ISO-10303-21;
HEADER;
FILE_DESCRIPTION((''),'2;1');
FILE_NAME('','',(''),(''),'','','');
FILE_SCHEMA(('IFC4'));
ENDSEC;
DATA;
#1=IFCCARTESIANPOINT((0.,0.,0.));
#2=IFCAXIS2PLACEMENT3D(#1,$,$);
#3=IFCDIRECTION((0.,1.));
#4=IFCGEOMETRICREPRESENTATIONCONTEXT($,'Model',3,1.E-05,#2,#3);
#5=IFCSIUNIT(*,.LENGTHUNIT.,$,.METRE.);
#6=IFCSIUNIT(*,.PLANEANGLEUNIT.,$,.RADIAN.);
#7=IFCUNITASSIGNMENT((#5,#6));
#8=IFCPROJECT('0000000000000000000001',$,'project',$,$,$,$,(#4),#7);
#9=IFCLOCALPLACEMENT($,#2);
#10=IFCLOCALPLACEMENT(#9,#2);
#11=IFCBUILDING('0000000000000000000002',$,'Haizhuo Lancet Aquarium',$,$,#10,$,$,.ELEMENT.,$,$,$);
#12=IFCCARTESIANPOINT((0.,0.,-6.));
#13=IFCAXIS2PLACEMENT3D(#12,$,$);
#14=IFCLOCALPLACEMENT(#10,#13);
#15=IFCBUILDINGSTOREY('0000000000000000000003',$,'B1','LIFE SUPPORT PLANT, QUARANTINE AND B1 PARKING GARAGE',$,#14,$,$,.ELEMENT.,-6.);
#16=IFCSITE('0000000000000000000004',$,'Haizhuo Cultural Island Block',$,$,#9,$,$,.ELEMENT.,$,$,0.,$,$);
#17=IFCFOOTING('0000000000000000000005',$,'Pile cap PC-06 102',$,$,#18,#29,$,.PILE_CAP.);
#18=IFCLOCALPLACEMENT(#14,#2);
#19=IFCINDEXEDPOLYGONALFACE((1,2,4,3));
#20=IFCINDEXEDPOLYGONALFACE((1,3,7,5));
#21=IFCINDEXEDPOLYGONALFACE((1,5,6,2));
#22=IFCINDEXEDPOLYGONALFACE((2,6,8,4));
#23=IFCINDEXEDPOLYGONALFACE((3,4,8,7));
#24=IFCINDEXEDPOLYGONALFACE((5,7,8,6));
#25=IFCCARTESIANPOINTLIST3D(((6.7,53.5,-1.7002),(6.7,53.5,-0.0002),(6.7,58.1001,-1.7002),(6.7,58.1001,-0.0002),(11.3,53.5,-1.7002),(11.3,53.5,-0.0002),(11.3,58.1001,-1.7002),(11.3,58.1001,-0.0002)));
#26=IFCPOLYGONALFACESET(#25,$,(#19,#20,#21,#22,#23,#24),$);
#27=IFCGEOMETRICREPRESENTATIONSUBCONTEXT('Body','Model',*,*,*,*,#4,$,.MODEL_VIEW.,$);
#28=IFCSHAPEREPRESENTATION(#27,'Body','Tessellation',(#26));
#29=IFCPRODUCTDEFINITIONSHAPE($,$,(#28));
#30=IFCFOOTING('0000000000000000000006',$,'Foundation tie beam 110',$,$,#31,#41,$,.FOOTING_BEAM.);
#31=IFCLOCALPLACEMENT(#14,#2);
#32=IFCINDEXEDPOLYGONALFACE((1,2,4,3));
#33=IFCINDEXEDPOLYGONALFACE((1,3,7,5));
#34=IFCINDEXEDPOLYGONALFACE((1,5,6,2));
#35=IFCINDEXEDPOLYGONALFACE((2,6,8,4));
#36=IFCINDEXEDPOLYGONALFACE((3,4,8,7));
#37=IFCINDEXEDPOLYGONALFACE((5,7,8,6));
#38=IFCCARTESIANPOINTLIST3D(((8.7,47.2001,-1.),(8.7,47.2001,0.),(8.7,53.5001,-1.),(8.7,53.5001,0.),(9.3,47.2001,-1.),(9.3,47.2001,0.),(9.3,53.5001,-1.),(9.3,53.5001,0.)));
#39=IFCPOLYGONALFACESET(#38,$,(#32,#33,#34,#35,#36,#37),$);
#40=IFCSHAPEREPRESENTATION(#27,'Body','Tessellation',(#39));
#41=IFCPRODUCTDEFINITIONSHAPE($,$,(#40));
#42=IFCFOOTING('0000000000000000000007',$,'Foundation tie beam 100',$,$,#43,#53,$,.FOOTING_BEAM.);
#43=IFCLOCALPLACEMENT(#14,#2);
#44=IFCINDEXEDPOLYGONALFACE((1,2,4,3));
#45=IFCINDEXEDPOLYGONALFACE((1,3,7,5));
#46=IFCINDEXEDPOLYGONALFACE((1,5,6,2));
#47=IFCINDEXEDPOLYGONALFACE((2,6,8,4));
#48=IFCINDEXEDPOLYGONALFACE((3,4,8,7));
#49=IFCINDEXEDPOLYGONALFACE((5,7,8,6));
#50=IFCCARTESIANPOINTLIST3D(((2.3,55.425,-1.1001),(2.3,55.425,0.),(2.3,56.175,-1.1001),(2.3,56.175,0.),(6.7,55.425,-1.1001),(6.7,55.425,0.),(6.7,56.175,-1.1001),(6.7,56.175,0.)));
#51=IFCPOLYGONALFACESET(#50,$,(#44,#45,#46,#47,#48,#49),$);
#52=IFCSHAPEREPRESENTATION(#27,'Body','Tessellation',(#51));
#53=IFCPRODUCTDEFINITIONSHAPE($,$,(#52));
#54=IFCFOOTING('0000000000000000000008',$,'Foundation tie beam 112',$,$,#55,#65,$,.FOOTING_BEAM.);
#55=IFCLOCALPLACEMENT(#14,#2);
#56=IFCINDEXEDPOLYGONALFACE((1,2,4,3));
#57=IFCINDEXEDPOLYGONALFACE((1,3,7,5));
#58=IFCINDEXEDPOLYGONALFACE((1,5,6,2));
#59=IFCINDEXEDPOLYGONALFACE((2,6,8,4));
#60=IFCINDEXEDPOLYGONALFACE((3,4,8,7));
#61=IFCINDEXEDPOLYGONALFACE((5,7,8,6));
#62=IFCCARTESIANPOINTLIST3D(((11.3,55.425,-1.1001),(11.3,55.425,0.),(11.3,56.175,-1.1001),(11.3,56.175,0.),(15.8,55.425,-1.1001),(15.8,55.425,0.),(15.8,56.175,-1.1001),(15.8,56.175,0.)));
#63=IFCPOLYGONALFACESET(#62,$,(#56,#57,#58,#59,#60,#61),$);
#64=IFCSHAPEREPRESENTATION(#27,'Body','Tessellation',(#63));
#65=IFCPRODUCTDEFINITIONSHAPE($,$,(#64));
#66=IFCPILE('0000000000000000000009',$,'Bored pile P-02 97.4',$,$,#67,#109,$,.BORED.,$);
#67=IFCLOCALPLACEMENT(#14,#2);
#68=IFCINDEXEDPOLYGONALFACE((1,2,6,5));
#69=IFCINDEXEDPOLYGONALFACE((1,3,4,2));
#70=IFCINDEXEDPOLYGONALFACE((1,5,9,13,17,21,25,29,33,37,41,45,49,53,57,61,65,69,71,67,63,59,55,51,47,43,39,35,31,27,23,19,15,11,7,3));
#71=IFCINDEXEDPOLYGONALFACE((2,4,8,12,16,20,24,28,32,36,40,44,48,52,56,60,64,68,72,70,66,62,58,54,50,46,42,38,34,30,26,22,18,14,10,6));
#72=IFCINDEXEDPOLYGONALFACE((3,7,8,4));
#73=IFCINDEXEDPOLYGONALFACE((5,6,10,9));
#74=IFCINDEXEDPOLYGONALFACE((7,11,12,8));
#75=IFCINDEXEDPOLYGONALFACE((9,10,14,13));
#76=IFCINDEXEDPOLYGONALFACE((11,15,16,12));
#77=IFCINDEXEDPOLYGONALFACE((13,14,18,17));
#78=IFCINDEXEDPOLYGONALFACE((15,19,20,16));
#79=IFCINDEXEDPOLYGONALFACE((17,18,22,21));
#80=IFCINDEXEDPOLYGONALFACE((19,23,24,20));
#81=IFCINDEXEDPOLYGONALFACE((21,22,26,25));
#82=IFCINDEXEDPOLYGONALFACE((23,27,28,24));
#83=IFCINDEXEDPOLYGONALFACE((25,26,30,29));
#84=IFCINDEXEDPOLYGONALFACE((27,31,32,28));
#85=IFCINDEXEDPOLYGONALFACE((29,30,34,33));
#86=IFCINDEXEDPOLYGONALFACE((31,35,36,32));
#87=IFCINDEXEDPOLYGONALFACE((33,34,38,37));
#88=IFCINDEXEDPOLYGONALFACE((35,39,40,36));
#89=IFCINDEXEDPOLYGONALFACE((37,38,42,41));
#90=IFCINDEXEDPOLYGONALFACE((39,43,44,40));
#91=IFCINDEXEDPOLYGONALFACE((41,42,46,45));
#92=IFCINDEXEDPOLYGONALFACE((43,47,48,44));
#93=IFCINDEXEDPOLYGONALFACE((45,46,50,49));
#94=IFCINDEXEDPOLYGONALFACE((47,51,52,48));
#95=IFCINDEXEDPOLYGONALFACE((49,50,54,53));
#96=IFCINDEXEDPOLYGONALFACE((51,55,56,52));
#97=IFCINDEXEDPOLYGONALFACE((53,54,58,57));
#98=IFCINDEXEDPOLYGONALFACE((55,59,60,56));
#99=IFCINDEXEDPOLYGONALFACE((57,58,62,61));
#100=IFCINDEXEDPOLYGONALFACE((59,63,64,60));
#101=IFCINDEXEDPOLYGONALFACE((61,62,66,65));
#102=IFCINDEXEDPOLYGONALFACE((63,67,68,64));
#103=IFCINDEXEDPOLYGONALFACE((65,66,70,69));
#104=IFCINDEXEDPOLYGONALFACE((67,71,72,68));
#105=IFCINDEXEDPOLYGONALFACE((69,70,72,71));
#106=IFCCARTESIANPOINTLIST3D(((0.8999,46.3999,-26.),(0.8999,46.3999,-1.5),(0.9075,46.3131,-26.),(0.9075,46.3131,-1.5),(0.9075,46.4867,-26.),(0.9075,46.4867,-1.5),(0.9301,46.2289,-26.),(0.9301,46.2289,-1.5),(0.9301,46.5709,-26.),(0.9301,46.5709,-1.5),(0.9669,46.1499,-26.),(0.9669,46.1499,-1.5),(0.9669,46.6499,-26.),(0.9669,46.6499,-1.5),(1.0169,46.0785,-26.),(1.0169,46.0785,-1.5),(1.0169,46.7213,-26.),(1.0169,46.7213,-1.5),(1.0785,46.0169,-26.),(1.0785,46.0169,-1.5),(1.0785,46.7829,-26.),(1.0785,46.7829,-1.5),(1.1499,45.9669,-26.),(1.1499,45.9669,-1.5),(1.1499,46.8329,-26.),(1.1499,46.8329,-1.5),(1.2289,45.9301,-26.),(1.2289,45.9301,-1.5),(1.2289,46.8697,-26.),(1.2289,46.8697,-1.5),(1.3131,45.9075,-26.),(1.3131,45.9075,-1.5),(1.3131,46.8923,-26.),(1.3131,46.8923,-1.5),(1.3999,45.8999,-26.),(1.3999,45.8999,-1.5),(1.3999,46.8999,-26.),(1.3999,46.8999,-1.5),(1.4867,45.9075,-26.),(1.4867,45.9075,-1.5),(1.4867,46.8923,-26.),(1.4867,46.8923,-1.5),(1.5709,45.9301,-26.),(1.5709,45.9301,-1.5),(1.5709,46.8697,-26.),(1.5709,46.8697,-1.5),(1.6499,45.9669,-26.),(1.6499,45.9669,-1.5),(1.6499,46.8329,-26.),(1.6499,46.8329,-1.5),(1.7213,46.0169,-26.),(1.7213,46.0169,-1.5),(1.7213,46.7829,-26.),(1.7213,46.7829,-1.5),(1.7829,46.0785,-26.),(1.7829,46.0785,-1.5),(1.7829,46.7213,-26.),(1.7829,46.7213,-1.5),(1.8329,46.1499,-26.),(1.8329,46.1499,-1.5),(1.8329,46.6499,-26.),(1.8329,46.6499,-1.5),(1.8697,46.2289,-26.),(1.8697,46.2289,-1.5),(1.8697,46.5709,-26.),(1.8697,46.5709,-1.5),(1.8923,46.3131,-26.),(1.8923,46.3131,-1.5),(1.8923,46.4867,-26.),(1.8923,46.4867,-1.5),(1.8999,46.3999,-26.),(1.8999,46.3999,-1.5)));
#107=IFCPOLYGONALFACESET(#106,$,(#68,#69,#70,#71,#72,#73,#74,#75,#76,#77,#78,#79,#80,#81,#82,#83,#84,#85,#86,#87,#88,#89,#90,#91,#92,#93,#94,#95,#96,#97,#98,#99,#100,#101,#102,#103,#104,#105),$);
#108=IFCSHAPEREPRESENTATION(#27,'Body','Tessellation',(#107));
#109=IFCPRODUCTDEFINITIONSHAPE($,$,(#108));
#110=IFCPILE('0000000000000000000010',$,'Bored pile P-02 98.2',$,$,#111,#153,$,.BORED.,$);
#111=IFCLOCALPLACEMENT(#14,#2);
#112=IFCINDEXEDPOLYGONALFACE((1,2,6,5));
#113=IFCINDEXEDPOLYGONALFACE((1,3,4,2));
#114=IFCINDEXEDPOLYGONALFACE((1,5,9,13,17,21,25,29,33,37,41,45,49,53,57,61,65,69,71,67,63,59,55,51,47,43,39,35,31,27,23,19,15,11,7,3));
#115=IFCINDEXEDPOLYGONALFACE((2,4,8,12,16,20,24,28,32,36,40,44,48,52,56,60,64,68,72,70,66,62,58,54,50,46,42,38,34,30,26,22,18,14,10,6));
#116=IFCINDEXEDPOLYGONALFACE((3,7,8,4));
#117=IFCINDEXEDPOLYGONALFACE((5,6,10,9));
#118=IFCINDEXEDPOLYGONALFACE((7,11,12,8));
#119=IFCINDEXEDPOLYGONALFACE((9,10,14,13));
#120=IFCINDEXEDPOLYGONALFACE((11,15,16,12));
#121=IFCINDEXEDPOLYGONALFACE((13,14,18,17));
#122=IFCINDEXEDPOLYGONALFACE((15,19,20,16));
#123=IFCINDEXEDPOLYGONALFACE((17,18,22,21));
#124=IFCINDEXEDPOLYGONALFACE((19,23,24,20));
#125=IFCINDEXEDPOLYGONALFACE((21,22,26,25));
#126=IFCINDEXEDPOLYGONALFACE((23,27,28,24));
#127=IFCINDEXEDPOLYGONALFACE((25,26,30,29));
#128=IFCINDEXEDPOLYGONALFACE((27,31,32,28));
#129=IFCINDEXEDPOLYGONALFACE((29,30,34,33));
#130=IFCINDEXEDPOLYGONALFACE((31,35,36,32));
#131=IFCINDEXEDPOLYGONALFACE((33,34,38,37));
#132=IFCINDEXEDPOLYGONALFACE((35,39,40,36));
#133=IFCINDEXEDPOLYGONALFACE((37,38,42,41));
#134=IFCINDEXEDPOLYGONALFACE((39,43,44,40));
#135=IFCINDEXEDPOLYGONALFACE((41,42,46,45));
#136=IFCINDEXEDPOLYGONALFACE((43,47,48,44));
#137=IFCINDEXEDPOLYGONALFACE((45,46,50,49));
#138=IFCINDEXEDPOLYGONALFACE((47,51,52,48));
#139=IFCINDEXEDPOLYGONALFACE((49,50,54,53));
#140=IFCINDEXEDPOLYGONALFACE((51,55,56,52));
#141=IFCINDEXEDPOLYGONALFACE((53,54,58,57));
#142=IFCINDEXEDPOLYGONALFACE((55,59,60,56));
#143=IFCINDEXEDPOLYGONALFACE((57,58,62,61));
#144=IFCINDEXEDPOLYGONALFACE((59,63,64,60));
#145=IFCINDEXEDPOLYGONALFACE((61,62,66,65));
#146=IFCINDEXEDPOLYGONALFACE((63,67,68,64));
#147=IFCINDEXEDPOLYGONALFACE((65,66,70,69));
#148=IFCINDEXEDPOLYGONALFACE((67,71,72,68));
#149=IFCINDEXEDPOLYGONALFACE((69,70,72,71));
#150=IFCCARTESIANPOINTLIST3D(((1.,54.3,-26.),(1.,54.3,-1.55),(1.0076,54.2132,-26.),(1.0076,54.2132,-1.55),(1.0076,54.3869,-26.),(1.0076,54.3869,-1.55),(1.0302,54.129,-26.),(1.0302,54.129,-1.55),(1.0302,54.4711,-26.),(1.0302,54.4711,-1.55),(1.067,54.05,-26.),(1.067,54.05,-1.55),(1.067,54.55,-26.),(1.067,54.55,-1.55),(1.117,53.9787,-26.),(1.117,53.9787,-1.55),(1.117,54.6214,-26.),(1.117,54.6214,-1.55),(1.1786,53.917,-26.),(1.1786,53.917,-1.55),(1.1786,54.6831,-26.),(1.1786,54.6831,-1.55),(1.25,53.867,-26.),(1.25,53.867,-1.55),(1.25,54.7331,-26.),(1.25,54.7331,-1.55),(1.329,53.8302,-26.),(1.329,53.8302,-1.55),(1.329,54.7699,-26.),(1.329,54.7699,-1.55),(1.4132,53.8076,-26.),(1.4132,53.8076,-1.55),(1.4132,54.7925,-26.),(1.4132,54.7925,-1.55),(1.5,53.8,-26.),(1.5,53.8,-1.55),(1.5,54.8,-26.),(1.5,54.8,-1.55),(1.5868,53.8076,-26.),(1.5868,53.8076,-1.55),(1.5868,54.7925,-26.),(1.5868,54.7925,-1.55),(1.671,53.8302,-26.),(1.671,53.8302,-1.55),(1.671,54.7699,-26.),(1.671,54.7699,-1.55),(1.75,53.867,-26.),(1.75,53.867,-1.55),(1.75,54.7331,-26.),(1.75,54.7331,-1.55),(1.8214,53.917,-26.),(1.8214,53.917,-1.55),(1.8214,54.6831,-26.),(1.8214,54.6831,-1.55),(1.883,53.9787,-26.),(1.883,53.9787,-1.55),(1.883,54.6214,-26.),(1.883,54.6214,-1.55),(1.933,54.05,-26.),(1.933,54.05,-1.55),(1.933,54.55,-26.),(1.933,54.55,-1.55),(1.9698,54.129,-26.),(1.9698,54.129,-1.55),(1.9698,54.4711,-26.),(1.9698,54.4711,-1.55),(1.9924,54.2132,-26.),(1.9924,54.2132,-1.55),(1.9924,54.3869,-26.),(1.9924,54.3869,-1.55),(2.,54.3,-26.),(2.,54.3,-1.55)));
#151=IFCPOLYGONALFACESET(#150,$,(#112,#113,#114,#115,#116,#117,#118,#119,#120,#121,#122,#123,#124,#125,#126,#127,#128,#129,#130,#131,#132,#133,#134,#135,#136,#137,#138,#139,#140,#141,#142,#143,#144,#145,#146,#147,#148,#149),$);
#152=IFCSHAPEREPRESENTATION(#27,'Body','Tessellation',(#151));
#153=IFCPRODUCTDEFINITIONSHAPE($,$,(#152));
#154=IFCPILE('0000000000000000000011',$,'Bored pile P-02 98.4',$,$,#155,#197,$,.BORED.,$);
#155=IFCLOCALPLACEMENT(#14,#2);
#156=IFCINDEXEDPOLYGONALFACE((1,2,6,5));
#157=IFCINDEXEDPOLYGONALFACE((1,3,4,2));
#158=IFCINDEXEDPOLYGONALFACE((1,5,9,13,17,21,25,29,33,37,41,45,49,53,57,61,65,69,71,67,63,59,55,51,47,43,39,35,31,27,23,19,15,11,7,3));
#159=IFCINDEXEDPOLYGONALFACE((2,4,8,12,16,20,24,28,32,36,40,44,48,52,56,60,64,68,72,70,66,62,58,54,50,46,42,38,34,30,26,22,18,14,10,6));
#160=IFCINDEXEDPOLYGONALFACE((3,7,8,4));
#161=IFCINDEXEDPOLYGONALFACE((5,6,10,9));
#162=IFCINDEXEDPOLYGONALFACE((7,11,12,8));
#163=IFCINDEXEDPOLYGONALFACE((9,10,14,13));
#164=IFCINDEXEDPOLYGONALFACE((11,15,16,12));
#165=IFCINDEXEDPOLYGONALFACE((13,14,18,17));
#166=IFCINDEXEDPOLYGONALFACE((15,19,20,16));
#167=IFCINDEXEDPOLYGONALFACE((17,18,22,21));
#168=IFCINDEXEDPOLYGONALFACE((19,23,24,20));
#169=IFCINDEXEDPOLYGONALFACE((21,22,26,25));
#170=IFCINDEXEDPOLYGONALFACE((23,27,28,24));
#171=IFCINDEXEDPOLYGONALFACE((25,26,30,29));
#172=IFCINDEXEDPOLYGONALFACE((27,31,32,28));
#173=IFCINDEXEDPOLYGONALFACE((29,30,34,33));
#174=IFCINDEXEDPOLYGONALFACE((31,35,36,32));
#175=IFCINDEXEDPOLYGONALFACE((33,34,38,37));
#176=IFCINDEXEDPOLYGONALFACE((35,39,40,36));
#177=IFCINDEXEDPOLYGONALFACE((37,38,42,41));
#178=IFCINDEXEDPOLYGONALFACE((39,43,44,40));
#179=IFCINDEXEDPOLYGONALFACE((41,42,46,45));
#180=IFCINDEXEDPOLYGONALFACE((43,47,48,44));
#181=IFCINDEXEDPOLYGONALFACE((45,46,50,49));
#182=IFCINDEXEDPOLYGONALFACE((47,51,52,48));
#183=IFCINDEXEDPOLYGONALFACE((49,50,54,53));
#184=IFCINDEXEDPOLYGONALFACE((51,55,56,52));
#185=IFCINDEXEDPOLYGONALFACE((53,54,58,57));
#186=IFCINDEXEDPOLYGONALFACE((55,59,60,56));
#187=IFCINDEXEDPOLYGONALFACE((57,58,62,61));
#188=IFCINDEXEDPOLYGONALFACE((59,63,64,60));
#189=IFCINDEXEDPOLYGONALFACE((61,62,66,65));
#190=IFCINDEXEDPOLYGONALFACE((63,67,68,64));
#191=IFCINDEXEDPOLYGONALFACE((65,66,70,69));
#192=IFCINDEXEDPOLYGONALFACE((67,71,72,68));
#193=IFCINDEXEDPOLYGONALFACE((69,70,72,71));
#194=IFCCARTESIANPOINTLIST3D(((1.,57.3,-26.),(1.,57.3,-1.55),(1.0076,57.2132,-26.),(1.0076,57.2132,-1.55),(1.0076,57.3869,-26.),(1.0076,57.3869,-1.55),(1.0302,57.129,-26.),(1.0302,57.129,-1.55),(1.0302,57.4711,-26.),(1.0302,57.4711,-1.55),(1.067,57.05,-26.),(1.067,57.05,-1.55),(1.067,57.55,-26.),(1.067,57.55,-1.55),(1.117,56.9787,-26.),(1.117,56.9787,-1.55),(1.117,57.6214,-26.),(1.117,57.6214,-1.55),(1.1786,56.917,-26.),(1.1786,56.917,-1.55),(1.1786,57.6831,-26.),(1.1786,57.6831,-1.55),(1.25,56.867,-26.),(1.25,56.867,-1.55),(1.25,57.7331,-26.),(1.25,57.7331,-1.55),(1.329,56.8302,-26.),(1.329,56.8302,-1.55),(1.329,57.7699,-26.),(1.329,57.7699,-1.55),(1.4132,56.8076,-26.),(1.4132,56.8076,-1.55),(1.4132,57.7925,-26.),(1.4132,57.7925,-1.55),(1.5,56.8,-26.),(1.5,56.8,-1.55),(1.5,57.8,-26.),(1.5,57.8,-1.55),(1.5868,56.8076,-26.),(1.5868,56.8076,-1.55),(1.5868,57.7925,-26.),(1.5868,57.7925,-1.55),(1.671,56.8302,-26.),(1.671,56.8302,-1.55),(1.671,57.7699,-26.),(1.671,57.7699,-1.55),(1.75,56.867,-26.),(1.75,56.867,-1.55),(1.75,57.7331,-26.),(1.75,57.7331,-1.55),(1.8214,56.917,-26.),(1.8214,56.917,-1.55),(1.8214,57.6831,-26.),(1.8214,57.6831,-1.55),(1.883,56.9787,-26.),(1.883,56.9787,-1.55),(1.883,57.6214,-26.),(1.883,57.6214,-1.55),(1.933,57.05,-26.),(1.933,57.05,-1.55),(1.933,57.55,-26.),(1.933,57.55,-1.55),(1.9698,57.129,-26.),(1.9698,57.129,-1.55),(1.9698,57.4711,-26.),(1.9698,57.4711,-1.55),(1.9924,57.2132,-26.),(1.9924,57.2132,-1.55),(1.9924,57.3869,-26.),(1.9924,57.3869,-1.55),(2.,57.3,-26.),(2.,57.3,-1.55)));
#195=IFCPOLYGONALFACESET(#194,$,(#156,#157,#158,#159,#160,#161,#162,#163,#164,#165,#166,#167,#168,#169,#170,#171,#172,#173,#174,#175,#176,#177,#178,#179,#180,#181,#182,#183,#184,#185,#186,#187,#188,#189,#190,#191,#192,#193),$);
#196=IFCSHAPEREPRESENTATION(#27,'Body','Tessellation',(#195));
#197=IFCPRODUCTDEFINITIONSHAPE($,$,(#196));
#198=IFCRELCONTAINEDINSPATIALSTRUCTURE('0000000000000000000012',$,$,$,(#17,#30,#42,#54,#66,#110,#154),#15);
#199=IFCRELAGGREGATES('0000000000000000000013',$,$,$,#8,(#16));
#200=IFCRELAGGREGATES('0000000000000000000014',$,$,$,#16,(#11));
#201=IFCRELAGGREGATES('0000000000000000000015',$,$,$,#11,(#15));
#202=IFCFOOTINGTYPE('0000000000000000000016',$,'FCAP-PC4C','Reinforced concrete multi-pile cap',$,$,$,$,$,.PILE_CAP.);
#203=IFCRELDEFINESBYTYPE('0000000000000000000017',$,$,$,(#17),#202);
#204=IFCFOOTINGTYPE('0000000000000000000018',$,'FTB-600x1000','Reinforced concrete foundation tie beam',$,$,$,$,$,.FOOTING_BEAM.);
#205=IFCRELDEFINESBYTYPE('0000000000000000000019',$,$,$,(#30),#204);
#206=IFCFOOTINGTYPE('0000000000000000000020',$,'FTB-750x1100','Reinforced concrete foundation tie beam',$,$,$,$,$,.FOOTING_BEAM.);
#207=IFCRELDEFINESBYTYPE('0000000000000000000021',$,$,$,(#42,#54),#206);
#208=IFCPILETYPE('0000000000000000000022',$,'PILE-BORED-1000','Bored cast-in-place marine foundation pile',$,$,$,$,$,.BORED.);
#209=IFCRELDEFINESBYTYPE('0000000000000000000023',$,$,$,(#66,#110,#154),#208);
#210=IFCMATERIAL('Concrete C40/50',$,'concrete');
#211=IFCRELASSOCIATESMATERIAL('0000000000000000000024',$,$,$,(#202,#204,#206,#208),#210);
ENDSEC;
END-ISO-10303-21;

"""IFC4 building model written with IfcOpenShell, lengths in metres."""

from ifc_helpers import new_model, si_unit, direction, frame, origin, origin_2d, place, context, subcontext, project, spatial, rectangle, circle, extrude, material, material_profile, profile_set, type_object, element, save


model = new_model("IFC4")

# Units and contexts
model_context = context("Model", 3, precision=1e-05, world=origin(), true_north=direction((0.0, 1.0)))
body_context = subcontext(model_context, "Body", "Model", "MODEL_VIEW")
ifc_project = project(units=[si_unit("LENGTHUNIT", "METRE"), si_unit("PLANEANGLEUNIT", "RADIAN")], contexts=[model_context])

# Site, building, storey
site_placement = place(None, origin())
site = spatial("IfcSite", under=ifc_project, at=site_placement, Name="Haizhuo Cultural Island Block", CompositionType="ELEMENT", RefElevation=0.0)
building_placement = place(site_placement, origin())
building = spatial("IfcBuilding", under=site, at=building_placement, Name="Haizhuo Lancet Aquarium", CompositionType="ELEMENT")
storey_placement = place(building_placement, frame((0.0, 0.0, -6.0)))
storey = spatial("IfcBuildingStorey", under=building, at=storey_placement, Name="B1", Description="LIFE SUPPORT PLANT, QUARANTINE AND B1 PARKING GARAGE", CompositionType="ELEMENT", Elevation=-6.0)

# Footings
ifc_material_1 = material(Name="Concrete C40/50", Category="concrete")
footing_type_1 = type_object("IfcFootingType", Name="FCAP-PC4C", Description="Reinforced concrete multi-pile cap", PredefinedType="PILE_CAP", material=ifc_material_1)
footing_1_placement = place(storey_placement, frame((9.0, 55.8, -1.7002), z_axis=(0.0, 0.0, 1.0), x_axis=(1.0, 0.0, 0.0)))
element("IfcFooting", 1, at=footing_1_placement, inside=storey, type_object=footing_type_1, Name="Pile cap PC-06 102", PredefinedType="PILE_CAP", context=body_context, shape_type="SweptSolid", body=[
    extrude(rectangle(XDim=4.6001, YDim=4.6001, at=origin_2d()), origin(), (0.0, 0.0, 1.0), 1.7),
])
footing_type_2 = type_object("IfcFootingType", Name="FTB-600x1000", Description="Reinforced concrete foundation tie beam", PredefinedType="FOOTING_BEAM", material=ifc_material_1)
footing_2_placement = place(storey_placement, frame((9.0, 50.3501, -1.0), z_axis=(0.0, 0.0, 1.0), x_axis=(0.0, 1.0, 0.0)))
element("IfcFooting", 2, at=footing_2_placement, inside=storey, type_object=footing_type_2, Name="Foundation tie beam 110", PredefinedType="FOOTING_BEAM", context=body_context, shape_type="SweptSolid", body=[
    extrude(rectangle(XDim=6.3, YDim=0.6001, at=origin_2d()), origin(), (0.0, 0.0, 1.0), 1.0),
])
footing_type_3 = type_object("IfcFootingType", Name="FTB-750x1100", Description="Reinforced concrete foundation tie beam", PredefinedType="FOOTING_BEAM", material=ifc_material_1)
footing_3_placement = place(storey_placement, frame((4.5, 55.8, -1.1001), z_axis=(0.0, 0.0, 1.0), x_axis=(1.0, 0.0, 0.0)))
element("IfcFooting", 3, at=footing_3_placement, inside=storey, type_object=footing_type_3, Name="Foundation tie beam 100", PredefinedType="FOOTING_BEAM", context=body_context, shape_type="SweptSolid", body=[
    extrude(rectangle(XDim=4.3999, YDim=0.75, at=origin_2d()), origin(), (0.0, 0.0, 1.0), 1.1001),
])
footing_4_placement = place(storey_placement, frame((13.55, 55.8, -1.1001), z_axis=(0.0, 0.0, 1.0), x_axis=(1.0, 0.0, 0.0)))
element("IfcFooting", 4, at=footing_4_placement, inside=storey, type_object=footing_type_3, Name="Foundation tie beam 112", PredefinedType="FOOTING_BEAM", context=body_context, shape_type="SweptSolid", body=[
    extrude(rectangle(XDim=4.5, YDim=0.75, at=origin_2d()), origin(), (0.0, 0.0, 1.0), 1.1001),
])

# Piles
ifc_material_profile_1 = material_profile(ifc_material_1, circle(Radius=0.5, at=origin_2d()), Name="PILE-1000")
ifc_profile_set_1 = profile_set([ifc_material_profile_1], Name="Concrete C40/50")
pile_type = type_object("IfcPileType", Name="PILE-BORED-1000", Description="Bored cast-in-place marine foundation pile", PredefinedType="BORED", material=ifc_profile_set_1)
pile_placement = place(storey_placement, frame((1.3999, 46.3999, -1.5), z_axis=(0.0, 0.0, -1.0), x_axis=(1.0, 0.0, 0.0)))
element("IfcPile", 5, at=pile_placement, inside=storey, type_object=pile_type, Name="Bored pile P-02 97.4", PredefinedType="BORED", context=body_context, shape_type="SweptSolid", body=[
    extrude(circle(Radius=0.5, at=origin_2d()), origin(), (0.0, 0.0, 1.0), 24.5),
])
for number, where, z_axis, x_axis, name in (
    (6, (1.5, 54.3, -1.55), (0.0, 0.0, -1.0), (1.0, 0.0, 0.0), "Bored pile P-02 98.2"),
    (7, (1.5, 57.3, -1.55), (0.0, 0.0, -1.0), (1.0, 0.0, 0.0), "Bored pile P-02 98.4"),
):
    element("IfcPile", number, at=place(storey_placement, frame(where, z_axis=z_axis, x_axis=x_axis)), inside=storey, type_object=pile_type, Name=name, PredefinedType="BORED", context=body_context, shape_type="SweptSolid", body=[
        extrude(circle(Radius=0.5, at=origin_2d()), origin(), (0.0, 0.0, 1.0), 24.45),
    ])

save(model, "model.ifc")
